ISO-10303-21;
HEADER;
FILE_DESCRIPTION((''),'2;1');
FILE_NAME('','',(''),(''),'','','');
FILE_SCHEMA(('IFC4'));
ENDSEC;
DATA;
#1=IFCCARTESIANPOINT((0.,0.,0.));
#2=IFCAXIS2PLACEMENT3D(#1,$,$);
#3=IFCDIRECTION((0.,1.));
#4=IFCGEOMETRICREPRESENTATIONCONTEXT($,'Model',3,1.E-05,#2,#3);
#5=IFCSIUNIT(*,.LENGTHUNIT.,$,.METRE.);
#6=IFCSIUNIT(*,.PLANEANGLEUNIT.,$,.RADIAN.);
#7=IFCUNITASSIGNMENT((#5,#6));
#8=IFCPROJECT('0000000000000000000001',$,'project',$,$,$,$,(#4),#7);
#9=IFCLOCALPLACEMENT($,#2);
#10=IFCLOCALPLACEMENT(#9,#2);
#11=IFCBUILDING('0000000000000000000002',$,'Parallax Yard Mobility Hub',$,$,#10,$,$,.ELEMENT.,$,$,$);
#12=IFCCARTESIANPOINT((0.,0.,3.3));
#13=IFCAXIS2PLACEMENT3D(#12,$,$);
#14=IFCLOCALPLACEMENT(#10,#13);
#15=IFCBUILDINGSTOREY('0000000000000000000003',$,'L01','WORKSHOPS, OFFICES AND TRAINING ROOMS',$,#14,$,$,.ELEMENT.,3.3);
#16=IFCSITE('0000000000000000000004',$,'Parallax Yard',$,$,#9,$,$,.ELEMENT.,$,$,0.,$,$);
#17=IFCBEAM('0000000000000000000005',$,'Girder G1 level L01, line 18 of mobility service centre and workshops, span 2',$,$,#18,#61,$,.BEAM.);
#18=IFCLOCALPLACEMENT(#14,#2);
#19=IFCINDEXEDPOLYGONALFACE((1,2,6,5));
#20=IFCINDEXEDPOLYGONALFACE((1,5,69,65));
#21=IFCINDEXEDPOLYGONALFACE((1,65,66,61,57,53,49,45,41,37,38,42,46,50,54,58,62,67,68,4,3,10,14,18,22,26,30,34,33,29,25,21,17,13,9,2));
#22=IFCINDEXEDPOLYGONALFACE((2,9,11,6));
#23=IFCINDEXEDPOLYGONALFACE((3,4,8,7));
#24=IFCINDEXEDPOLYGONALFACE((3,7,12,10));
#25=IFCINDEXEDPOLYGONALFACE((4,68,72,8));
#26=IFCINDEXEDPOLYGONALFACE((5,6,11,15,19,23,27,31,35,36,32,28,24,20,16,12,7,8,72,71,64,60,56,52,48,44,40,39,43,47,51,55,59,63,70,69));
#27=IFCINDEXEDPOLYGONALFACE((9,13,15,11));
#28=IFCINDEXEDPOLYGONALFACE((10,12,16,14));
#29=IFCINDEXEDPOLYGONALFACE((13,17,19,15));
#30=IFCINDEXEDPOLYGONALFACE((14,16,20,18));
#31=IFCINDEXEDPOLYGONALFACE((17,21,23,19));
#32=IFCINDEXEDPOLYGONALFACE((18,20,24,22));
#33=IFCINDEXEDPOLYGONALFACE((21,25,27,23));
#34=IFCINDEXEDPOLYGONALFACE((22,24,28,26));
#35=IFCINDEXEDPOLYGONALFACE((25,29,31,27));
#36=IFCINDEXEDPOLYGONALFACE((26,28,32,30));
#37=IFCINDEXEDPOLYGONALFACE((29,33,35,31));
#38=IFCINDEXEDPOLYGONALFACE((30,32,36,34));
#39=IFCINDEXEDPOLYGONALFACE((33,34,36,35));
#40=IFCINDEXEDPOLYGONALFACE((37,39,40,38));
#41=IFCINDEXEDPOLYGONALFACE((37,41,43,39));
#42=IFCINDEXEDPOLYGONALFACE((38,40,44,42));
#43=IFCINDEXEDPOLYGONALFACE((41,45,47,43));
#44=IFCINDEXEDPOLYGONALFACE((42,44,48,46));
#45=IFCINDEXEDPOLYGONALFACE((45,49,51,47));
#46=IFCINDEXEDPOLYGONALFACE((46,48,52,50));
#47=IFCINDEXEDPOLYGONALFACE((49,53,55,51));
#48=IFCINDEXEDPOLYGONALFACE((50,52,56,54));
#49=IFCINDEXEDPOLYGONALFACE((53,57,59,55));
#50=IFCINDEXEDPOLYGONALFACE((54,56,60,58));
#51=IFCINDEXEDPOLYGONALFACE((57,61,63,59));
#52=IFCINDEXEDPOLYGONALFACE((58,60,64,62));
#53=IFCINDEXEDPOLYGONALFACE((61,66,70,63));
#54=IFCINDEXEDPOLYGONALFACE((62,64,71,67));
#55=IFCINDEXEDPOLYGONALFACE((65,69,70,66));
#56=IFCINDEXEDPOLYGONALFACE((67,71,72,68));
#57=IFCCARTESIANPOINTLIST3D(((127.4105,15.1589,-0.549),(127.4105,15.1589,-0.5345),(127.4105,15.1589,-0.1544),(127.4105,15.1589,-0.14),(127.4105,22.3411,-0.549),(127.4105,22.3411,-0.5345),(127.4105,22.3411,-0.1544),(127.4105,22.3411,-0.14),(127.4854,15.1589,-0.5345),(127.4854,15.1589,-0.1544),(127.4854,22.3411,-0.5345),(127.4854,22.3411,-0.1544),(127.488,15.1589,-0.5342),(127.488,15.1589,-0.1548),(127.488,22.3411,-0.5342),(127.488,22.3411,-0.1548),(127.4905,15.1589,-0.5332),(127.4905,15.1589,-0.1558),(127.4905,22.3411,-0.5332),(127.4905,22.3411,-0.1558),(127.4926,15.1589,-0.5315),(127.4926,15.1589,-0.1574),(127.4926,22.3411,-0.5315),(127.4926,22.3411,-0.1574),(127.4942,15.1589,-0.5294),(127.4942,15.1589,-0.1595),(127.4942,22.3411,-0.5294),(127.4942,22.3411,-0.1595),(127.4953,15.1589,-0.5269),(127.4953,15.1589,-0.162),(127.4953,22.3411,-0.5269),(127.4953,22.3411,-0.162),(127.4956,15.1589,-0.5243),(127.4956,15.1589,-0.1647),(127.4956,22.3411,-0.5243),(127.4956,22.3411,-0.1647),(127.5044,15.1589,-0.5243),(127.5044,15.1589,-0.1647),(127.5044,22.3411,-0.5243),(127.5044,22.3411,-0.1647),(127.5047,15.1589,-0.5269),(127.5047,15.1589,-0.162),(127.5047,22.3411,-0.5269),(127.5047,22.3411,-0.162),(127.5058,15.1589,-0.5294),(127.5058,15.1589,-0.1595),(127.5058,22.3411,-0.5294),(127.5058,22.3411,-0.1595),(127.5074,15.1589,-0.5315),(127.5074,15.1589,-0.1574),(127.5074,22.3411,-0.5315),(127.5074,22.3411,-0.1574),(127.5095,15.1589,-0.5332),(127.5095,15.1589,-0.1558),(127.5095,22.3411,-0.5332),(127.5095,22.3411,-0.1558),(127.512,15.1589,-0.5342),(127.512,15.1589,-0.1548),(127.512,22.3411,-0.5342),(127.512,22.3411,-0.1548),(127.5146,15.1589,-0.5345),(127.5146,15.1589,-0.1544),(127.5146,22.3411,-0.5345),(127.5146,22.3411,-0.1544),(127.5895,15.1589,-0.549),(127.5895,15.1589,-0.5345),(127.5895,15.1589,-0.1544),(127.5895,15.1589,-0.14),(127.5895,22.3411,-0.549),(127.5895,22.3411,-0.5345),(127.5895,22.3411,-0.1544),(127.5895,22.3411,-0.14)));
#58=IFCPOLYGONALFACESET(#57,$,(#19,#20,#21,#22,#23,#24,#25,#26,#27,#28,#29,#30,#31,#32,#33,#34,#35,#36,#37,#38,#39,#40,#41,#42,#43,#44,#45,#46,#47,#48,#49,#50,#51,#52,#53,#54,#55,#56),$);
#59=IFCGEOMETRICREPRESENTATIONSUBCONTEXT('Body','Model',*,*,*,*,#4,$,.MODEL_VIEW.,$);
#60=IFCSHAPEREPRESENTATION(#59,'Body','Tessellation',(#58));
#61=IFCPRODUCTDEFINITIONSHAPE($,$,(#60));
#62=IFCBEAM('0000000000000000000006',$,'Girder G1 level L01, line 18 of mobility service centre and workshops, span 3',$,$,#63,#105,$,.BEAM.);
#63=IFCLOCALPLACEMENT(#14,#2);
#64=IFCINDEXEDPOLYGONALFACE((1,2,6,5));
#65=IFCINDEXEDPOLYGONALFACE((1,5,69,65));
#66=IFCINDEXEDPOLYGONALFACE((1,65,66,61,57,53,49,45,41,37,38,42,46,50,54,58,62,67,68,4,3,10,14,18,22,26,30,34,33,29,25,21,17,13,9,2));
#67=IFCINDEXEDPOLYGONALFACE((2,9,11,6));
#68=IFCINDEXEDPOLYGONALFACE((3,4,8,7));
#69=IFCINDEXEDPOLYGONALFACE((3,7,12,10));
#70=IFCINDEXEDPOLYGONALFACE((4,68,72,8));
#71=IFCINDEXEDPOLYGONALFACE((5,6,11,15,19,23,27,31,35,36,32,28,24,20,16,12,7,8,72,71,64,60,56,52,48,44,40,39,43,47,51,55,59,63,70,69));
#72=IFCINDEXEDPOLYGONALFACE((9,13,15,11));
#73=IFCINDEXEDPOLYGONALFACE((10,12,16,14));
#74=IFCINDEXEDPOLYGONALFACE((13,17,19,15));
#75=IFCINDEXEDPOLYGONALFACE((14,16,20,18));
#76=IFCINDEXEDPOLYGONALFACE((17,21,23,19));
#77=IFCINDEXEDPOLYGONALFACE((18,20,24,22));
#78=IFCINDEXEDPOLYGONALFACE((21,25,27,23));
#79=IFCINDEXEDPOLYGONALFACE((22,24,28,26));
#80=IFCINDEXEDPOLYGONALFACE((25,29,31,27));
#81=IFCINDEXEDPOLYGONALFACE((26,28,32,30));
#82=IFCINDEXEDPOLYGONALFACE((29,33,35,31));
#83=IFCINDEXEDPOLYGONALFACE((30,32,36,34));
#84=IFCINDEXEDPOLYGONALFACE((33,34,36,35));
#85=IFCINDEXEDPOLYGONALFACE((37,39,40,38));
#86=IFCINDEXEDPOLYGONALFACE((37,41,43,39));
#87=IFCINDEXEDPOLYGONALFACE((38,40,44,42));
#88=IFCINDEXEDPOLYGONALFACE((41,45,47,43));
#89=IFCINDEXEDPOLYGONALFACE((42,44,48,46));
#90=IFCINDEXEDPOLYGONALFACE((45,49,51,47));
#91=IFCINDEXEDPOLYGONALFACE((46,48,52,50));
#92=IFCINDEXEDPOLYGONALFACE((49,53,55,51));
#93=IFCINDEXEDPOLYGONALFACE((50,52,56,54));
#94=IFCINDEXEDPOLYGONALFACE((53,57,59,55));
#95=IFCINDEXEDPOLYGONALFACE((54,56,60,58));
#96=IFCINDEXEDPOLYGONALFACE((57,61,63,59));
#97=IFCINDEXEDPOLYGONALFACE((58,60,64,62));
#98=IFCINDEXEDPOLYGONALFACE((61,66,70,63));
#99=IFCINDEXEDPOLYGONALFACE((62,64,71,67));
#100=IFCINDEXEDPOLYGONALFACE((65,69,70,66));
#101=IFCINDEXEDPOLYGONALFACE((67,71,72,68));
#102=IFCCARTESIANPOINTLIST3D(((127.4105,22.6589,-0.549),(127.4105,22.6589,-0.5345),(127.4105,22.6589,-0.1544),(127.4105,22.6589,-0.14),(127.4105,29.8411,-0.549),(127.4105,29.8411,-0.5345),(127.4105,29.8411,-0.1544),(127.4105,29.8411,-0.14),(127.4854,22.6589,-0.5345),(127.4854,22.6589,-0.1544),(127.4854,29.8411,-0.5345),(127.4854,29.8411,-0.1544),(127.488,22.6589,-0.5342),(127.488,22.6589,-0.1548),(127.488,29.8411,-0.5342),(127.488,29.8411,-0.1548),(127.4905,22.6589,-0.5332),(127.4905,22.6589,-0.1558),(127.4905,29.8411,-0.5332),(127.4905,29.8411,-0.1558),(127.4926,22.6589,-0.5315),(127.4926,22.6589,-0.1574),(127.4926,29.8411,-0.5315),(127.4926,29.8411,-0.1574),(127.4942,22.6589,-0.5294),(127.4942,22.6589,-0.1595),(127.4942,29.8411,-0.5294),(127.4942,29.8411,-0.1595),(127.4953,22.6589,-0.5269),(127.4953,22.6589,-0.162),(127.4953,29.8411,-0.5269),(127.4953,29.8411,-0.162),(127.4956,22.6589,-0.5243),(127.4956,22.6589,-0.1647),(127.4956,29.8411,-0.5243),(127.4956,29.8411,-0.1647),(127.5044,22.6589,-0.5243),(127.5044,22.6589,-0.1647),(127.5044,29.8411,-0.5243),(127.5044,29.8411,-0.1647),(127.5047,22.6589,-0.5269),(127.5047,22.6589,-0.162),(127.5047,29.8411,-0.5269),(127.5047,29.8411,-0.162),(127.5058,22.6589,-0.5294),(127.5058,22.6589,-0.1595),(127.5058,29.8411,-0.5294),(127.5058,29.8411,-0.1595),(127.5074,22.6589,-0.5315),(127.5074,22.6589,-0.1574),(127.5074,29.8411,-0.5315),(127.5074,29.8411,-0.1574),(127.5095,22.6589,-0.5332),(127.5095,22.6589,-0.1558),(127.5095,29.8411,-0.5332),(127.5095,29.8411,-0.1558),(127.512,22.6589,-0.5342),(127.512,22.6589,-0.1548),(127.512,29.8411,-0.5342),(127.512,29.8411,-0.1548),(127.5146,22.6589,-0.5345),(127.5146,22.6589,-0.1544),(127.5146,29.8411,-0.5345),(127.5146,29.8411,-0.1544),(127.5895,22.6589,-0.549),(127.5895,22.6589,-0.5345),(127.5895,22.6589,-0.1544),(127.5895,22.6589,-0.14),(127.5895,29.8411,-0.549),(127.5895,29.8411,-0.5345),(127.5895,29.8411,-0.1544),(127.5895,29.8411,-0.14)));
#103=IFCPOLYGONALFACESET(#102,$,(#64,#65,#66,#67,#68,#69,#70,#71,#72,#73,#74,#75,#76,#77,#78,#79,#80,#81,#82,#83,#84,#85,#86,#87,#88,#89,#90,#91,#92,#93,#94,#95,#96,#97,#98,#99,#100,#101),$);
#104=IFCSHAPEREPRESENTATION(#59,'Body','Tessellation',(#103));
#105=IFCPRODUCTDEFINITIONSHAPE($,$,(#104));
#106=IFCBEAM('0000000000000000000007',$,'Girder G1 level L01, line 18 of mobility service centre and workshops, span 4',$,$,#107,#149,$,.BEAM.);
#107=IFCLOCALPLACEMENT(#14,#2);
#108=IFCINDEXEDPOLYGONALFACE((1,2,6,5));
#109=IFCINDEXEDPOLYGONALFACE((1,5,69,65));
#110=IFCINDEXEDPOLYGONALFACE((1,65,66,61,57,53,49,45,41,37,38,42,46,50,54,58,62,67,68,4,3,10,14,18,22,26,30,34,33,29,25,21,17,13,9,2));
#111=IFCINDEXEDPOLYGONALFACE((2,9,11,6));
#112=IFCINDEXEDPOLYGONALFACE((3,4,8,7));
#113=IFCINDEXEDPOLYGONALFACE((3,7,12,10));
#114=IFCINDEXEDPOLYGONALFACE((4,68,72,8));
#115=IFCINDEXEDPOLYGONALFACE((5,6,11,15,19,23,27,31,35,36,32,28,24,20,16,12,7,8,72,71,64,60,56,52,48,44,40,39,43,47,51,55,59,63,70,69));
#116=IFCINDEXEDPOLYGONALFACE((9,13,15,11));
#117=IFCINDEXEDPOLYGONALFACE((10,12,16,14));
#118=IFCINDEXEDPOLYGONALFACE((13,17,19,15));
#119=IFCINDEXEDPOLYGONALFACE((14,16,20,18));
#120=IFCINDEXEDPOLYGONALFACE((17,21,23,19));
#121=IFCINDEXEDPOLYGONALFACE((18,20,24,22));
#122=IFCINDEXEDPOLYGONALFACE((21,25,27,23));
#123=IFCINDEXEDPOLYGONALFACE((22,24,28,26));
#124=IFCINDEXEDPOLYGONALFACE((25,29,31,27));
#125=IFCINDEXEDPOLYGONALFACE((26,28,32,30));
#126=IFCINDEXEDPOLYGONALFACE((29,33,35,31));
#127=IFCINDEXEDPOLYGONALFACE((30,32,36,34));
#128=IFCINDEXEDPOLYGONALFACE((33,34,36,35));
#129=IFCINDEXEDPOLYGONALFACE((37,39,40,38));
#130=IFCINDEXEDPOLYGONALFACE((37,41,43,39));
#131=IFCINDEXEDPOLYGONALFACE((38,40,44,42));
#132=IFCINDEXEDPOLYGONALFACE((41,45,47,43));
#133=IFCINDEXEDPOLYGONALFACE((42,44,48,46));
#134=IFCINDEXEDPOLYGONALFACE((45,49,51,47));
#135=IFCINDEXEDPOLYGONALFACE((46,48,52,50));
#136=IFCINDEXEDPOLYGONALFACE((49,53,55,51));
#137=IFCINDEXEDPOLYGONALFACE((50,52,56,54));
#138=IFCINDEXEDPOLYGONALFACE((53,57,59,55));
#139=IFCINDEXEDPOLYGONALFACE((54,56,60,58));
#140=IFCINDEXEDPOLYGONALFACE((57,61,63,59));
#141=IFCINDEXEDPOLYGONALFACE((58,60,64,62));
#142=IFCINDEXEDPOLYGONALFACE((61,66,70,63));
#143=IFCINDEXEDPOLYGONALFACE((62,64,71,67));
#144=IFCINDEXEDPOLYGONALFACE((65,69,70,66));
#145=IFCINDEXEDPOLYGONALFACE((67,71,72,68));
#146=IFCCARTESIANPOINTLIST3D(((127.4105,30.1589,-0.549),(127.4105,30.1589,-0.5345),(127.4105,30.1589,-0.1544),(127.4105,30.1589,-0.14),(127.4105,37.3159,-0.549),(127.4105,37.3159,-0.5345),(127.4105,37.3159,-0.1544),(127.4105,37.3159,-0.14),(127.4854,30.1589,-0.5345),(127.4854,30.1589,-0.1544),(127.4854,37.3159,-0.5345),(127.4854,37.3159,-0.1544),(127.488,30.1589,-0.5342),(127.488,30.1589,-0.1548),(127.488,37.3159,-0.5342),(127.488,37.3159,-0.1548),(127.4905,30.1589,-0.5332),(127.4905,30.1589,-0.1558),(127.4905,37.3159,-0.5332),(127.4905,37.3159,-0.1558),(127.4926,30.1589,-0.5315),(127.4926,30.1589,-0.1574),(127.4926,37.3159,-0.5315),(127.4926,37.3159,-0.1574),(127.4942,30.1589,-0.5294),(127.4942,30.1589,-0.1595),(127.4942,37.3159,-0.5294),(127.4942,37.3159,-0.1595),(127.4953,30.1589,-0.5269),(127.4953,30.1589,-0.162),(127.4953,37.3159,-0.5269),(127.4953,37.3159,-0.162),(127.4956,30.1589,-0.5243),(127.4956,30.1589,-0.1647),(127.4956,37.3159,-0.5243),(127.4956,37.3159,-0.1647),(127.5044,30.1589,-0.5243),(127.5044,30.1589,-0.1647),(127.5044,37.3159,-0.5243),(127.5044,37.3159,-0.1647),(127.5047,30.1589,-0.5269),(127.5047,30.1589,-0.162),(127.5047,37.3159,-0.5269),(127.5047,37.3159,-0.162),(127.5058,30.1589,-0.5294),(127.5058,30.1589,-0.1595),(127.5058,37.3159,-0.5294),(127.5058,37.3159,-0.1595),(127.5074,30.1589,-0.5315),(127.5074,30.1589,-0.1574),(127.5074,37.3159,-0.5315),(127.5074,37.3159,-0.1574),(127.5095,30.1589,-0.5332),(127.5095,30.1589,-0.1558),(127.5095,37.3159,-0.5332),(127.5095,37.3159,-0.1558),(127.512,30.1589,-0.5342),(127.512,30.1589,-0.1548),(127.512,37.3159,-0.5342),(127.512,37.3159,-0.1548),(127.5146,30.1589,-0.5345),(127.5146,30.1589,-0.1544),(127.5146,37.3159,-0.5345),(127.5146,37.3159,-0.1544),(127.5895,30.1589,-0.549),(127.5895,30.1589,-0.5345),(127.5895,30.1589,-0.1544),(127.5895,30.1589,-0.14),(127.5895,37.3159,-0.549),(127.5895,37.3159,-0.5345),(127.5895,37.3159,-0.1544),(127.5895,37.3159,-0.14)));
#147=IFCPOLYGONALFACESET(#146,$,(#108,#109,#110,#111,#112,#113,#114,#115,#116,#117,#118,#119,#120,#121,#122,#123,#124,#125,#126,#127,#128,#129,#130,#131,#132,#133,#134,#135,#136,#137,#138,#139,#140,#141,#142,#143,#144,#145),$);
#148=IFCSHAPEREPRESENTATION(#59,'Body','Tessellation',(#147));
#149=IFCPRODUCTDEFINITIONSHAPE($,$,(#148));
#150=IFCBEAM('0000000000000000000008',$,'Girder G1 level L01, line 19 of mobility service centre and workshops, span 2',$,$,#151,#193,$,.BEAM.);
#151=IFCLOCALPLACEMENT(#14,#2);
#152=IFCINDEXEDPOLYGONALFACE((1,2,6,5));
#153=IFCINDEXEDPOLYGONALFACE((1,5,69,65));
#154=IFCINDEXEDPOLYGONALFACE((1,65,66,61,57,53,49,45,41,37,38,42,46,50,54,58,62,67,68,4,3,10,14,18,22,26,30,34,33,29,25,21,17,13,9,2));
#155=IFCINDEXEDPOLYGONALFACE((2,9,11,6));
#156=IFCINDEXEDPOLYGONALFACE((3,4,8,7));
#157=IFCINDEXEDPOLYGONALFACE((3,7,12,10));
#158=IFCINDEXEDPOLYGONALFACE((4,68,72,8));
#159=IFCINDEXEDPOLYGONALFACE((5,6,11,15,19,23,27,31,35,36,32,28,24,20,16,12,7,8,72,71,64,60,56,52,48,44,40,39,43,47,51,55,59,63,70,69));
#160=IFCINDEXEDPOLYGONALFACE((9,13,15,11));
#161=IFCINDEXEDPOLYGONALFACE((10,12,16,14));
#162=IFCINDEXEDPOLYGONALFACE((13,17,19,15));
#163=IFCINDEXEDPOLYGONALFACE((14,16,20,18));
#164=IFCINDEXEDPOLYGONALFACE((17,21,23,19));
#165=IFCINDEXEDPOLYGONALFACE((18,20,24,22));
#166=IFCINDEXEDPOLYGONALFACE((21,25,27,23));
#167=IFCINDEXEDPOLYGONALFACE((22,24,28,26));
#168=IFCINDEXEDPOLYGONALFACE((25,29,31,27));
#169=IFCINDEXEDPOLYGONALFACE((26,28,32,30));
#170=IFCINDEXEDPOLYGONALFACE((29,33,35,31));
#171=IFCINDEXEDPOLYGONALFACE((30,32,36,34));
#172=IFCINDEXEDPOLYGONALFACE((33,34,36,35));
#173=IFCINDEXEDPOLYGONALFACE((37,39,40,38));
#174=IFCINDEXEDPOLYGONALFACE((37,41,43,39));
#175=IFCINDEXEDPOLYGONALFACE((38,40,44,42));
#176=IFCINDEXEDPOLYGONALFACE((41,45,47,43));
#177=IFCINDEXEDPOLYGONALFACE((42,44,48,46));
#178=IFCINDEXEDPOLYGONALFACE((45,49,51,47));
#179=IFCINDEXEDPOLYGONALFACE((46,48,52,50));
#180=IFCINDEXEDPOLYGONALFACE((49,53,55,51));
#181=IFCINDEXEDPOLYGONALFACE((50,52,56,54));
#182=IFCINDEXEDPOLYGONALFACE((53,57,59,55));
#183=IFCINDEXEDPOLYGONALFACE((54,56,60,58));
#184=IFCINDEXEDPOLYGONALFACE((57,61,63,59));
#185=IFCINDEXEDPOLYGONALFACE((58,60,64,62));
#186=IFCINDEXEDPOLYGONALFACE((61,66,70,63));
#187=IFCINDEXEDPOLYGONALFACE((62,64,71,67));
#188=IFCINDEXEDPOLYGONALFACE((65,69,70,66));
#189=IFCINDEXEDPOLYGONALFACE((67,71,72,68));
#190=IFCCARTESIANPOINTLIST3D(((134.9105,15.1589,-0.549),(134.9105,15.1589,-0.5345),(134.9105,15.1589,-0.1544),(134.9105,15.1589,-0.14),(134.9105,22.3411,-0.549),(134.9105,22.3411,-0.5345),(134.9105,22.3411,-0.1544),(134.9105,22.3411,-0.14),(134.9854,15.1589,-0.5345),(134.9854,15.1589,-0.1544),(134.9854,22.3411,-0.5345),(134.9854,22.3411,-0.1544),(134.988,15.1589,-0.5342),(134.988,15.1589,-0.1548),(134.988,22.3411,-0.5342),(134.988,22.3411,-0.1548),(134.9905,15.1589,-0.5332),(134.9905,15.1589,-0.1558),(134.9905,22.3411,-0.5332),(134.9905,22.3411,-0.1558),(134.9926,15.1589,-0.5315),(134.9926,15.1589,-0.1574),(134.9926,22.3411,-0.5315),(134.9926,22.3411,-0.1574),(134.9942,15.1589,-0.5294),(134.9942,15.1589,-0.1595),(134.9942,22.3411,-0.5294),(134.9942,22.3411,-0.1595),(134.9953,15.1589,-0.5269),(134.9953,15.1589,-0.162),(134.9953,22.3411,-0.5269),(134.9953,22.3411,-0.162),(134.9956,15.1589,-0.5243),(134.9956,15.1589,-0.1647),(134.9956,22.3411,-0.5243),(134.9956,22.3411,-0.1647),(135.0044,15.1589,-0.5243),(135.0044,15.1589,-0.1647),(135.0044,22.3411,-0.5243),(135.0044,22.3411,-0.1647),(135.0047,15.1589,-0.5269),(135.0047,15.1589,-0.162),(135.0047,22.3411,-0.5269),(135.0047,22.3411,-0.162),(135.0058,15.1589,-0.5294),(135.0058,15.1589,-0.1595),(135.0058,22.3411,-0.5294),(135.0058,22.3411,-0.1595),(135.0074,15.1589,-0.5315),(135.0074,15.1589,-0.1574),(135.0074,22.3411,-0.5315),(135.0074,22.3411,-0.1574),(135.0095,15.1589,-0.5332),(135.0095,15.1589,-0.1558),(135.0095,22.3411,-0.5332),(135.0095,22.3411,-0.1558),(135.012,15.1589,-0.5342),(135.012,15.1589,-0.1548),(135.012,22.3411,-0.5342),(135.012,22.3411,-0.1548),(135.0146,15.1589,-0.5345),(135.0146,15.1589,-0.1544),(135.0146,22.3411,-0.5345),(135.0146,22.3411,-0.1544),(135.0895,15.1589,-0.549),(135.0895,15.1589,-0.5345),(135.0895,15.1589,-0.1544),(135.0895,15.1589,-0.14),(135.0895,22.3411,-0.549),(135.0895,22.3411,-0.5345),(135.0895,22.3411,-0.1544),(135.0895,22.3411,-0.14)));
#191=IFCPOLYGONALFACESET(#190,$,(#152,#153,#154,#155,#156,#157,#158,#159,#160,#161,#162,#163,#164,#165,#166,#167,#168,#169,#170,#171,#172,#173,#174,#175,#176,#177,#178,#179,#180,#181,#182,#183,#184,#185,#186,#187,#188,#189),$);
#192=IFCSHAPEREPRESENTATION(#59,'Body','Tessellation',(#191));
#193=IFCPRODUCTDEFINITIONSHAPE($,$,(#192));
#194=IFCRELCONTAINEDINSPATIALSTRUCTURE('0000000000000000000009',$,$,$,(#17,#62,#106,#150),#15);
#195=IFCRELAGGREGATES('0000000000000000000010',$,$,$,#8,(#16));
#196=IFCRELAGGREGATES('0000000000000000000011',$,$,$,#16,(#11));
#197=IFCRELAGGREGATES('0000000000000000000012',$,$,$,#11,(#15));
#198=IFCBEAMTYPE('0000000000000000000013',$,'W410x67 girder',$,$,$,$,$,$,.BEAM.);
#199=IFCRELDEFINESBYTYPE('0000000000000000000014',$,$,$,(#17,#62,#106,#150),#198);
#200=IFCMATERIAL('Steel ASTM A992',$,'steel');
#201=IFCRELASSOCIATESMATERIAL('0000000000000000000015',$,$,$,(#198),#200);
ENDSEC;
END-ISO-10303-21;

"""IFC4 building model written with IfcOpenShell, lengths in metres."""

from ifc_helpers import new_model, si_unit, direction, frame, origin, origin_2d, place, context, subcontext, project, spatial, i_section, extrude, material, material_profile, profile_set, type_object, element, save


model = new_model("IFC4")

# Units and contexts
model_context = context("Model", 3, precision=1e-05, world=origin(), true_north=direction((0.0, 1.0)))
body_context = subcontext(model_context, "Body", "Model", "MODEL_VIEW")
ifc_project = project(units=[si_unit("LENGTHUNIT", "METRE"), si_unit("PLANEANGLEUNIT", "RADIAN")], contexts=[model_context])

# Site, building, storey
site_placement = place(None, origin())
site = spatial("IfcSite", under=ifc_project, at=site_placement, Name="Parallax Yard", CompositionType="ELEMENT", RefElevation=0.0)
building_placement = place(site_placement, origin())
building = spatial("IfcBuilding", under=site, at=building_placement, Name="Parallax Yard Mobility Hub", CompositionType="ELEMENT")
storey_placement = place(building_placement, frame((0.0, 0.0, 3.3)))
storey = spatial("IfcBuildingStorey", under=building, at=storey_placement, Name="L01", Description="WORKSHOPS, OFFICES AND TRAINING ROOMS", CompositionType="ELEMENT", Elevation=3.3)

# Shared definitions
ifc_material_1 = material(Name="Steel ASTM A992", Category="steel")

# Beams
ifc_material_profile_1 = material_profile(ifc_material_1, i_section(OverallWidth=0.179, OverallDepth=0.4089, WebThickness=0.0088, FlangeThickness=0.0144, FilletRadius=0.0103, at=origin_2d()), Name="W410x67")
ifc_profile_set_1 = profile_set([ifc_material_profile_1], Name="Steel ASTM A992")
beam_type_1 = type_object("IfcBeamType", Name="W410x67 girder", PredefinedType="BEAM", material=ifc_profile_set_1)
for number, where, z_axis, x_axis, name in (
    (1, (127.5, 15.1589, -0.3445), (0.0, 1.0, 0.0), (-1.0, 0.0, 0.0), "Girder G1 level L01, line 18 of mobility service centre and workshops, span 2"),
    (2, (127.5, 22.6589, -0.3445), (0.0, 1.0, 0.0), (-1.0, 0.0, 0.0), "Girder G1 level L01, line 18 of mobility service centre and workshops, span 3"),
):
    element("IfcBeam", number, at=place(storey_placement, frame(where, z_axis=z_axis, x_axis=x_axis)), inside=storey, type_object=beam_type_1, Name=name, PredefinedType="BEAM", context=body_context, shape_type="SweptSolid", body=[
        extrude(i_section(OverallWidth=0.179, OverallDepth=0.4089, WebThickness=0.0088, FlangeThickness=0.0144, FilletRadius=0.0103, at=origin_2d()), origin(), (0.0, 0.0, 1.0), 7.1821),
    ])
beam_1_placement = place(storey_placement, frame((127.5, 30.1589, -0.3445), z_axis=(0.0, 1.0, 0.0), x_axis=(-1.0, 0.0, 0.0)))
element("IfcBeam", 3, at=beam_1_placement, inside=storey, type_object=beam_type_1, Name="Girder G1 level L01, line 18 of mobility service centre and workshops, span 4", PredefinedType="BEAM", context=body_context, shape_type="SweptSolid", body=[
    extrude(i_section(OverallWidth=0.179, OverallDepth=0.4089, WebThickness=0.0088, FlangeThickness=0.0144, FilletRadius=0.0103, at=origin_2d()), origin(), (0.0, 0.0, 1.0), 7.157),
])
for number, where, z_axis, x_axis, name in (
    (4, (135.0, 15.1589, -0.3445), (0.0, 1.0, 0.0), (-1.0, 0.0, 0.0), "Girder G1 level L01, line 19 of mobility service centre and workshops, span 2"),
):
    element("IfcBeam", number, at=place(storey_placement, frame(where, z_axis=z_axis, x_axis=x_axis)), inside=storey, type_object=beam_type_1, Name=name, PredefinedType="BEAM", context=body_context, shape_type="SweptSolid", body=[
        extrude(i_section(OverallWidth=0.179, OverallDepth=0.4089, WebThickness=0.0088, FlangeThickness=0.0144, FilletRadius=0.0103, at=origin_2d()), origin(), (0.0, 0.0, 1.0), 7.1821),
    ])

save(model, "model.ifc")
